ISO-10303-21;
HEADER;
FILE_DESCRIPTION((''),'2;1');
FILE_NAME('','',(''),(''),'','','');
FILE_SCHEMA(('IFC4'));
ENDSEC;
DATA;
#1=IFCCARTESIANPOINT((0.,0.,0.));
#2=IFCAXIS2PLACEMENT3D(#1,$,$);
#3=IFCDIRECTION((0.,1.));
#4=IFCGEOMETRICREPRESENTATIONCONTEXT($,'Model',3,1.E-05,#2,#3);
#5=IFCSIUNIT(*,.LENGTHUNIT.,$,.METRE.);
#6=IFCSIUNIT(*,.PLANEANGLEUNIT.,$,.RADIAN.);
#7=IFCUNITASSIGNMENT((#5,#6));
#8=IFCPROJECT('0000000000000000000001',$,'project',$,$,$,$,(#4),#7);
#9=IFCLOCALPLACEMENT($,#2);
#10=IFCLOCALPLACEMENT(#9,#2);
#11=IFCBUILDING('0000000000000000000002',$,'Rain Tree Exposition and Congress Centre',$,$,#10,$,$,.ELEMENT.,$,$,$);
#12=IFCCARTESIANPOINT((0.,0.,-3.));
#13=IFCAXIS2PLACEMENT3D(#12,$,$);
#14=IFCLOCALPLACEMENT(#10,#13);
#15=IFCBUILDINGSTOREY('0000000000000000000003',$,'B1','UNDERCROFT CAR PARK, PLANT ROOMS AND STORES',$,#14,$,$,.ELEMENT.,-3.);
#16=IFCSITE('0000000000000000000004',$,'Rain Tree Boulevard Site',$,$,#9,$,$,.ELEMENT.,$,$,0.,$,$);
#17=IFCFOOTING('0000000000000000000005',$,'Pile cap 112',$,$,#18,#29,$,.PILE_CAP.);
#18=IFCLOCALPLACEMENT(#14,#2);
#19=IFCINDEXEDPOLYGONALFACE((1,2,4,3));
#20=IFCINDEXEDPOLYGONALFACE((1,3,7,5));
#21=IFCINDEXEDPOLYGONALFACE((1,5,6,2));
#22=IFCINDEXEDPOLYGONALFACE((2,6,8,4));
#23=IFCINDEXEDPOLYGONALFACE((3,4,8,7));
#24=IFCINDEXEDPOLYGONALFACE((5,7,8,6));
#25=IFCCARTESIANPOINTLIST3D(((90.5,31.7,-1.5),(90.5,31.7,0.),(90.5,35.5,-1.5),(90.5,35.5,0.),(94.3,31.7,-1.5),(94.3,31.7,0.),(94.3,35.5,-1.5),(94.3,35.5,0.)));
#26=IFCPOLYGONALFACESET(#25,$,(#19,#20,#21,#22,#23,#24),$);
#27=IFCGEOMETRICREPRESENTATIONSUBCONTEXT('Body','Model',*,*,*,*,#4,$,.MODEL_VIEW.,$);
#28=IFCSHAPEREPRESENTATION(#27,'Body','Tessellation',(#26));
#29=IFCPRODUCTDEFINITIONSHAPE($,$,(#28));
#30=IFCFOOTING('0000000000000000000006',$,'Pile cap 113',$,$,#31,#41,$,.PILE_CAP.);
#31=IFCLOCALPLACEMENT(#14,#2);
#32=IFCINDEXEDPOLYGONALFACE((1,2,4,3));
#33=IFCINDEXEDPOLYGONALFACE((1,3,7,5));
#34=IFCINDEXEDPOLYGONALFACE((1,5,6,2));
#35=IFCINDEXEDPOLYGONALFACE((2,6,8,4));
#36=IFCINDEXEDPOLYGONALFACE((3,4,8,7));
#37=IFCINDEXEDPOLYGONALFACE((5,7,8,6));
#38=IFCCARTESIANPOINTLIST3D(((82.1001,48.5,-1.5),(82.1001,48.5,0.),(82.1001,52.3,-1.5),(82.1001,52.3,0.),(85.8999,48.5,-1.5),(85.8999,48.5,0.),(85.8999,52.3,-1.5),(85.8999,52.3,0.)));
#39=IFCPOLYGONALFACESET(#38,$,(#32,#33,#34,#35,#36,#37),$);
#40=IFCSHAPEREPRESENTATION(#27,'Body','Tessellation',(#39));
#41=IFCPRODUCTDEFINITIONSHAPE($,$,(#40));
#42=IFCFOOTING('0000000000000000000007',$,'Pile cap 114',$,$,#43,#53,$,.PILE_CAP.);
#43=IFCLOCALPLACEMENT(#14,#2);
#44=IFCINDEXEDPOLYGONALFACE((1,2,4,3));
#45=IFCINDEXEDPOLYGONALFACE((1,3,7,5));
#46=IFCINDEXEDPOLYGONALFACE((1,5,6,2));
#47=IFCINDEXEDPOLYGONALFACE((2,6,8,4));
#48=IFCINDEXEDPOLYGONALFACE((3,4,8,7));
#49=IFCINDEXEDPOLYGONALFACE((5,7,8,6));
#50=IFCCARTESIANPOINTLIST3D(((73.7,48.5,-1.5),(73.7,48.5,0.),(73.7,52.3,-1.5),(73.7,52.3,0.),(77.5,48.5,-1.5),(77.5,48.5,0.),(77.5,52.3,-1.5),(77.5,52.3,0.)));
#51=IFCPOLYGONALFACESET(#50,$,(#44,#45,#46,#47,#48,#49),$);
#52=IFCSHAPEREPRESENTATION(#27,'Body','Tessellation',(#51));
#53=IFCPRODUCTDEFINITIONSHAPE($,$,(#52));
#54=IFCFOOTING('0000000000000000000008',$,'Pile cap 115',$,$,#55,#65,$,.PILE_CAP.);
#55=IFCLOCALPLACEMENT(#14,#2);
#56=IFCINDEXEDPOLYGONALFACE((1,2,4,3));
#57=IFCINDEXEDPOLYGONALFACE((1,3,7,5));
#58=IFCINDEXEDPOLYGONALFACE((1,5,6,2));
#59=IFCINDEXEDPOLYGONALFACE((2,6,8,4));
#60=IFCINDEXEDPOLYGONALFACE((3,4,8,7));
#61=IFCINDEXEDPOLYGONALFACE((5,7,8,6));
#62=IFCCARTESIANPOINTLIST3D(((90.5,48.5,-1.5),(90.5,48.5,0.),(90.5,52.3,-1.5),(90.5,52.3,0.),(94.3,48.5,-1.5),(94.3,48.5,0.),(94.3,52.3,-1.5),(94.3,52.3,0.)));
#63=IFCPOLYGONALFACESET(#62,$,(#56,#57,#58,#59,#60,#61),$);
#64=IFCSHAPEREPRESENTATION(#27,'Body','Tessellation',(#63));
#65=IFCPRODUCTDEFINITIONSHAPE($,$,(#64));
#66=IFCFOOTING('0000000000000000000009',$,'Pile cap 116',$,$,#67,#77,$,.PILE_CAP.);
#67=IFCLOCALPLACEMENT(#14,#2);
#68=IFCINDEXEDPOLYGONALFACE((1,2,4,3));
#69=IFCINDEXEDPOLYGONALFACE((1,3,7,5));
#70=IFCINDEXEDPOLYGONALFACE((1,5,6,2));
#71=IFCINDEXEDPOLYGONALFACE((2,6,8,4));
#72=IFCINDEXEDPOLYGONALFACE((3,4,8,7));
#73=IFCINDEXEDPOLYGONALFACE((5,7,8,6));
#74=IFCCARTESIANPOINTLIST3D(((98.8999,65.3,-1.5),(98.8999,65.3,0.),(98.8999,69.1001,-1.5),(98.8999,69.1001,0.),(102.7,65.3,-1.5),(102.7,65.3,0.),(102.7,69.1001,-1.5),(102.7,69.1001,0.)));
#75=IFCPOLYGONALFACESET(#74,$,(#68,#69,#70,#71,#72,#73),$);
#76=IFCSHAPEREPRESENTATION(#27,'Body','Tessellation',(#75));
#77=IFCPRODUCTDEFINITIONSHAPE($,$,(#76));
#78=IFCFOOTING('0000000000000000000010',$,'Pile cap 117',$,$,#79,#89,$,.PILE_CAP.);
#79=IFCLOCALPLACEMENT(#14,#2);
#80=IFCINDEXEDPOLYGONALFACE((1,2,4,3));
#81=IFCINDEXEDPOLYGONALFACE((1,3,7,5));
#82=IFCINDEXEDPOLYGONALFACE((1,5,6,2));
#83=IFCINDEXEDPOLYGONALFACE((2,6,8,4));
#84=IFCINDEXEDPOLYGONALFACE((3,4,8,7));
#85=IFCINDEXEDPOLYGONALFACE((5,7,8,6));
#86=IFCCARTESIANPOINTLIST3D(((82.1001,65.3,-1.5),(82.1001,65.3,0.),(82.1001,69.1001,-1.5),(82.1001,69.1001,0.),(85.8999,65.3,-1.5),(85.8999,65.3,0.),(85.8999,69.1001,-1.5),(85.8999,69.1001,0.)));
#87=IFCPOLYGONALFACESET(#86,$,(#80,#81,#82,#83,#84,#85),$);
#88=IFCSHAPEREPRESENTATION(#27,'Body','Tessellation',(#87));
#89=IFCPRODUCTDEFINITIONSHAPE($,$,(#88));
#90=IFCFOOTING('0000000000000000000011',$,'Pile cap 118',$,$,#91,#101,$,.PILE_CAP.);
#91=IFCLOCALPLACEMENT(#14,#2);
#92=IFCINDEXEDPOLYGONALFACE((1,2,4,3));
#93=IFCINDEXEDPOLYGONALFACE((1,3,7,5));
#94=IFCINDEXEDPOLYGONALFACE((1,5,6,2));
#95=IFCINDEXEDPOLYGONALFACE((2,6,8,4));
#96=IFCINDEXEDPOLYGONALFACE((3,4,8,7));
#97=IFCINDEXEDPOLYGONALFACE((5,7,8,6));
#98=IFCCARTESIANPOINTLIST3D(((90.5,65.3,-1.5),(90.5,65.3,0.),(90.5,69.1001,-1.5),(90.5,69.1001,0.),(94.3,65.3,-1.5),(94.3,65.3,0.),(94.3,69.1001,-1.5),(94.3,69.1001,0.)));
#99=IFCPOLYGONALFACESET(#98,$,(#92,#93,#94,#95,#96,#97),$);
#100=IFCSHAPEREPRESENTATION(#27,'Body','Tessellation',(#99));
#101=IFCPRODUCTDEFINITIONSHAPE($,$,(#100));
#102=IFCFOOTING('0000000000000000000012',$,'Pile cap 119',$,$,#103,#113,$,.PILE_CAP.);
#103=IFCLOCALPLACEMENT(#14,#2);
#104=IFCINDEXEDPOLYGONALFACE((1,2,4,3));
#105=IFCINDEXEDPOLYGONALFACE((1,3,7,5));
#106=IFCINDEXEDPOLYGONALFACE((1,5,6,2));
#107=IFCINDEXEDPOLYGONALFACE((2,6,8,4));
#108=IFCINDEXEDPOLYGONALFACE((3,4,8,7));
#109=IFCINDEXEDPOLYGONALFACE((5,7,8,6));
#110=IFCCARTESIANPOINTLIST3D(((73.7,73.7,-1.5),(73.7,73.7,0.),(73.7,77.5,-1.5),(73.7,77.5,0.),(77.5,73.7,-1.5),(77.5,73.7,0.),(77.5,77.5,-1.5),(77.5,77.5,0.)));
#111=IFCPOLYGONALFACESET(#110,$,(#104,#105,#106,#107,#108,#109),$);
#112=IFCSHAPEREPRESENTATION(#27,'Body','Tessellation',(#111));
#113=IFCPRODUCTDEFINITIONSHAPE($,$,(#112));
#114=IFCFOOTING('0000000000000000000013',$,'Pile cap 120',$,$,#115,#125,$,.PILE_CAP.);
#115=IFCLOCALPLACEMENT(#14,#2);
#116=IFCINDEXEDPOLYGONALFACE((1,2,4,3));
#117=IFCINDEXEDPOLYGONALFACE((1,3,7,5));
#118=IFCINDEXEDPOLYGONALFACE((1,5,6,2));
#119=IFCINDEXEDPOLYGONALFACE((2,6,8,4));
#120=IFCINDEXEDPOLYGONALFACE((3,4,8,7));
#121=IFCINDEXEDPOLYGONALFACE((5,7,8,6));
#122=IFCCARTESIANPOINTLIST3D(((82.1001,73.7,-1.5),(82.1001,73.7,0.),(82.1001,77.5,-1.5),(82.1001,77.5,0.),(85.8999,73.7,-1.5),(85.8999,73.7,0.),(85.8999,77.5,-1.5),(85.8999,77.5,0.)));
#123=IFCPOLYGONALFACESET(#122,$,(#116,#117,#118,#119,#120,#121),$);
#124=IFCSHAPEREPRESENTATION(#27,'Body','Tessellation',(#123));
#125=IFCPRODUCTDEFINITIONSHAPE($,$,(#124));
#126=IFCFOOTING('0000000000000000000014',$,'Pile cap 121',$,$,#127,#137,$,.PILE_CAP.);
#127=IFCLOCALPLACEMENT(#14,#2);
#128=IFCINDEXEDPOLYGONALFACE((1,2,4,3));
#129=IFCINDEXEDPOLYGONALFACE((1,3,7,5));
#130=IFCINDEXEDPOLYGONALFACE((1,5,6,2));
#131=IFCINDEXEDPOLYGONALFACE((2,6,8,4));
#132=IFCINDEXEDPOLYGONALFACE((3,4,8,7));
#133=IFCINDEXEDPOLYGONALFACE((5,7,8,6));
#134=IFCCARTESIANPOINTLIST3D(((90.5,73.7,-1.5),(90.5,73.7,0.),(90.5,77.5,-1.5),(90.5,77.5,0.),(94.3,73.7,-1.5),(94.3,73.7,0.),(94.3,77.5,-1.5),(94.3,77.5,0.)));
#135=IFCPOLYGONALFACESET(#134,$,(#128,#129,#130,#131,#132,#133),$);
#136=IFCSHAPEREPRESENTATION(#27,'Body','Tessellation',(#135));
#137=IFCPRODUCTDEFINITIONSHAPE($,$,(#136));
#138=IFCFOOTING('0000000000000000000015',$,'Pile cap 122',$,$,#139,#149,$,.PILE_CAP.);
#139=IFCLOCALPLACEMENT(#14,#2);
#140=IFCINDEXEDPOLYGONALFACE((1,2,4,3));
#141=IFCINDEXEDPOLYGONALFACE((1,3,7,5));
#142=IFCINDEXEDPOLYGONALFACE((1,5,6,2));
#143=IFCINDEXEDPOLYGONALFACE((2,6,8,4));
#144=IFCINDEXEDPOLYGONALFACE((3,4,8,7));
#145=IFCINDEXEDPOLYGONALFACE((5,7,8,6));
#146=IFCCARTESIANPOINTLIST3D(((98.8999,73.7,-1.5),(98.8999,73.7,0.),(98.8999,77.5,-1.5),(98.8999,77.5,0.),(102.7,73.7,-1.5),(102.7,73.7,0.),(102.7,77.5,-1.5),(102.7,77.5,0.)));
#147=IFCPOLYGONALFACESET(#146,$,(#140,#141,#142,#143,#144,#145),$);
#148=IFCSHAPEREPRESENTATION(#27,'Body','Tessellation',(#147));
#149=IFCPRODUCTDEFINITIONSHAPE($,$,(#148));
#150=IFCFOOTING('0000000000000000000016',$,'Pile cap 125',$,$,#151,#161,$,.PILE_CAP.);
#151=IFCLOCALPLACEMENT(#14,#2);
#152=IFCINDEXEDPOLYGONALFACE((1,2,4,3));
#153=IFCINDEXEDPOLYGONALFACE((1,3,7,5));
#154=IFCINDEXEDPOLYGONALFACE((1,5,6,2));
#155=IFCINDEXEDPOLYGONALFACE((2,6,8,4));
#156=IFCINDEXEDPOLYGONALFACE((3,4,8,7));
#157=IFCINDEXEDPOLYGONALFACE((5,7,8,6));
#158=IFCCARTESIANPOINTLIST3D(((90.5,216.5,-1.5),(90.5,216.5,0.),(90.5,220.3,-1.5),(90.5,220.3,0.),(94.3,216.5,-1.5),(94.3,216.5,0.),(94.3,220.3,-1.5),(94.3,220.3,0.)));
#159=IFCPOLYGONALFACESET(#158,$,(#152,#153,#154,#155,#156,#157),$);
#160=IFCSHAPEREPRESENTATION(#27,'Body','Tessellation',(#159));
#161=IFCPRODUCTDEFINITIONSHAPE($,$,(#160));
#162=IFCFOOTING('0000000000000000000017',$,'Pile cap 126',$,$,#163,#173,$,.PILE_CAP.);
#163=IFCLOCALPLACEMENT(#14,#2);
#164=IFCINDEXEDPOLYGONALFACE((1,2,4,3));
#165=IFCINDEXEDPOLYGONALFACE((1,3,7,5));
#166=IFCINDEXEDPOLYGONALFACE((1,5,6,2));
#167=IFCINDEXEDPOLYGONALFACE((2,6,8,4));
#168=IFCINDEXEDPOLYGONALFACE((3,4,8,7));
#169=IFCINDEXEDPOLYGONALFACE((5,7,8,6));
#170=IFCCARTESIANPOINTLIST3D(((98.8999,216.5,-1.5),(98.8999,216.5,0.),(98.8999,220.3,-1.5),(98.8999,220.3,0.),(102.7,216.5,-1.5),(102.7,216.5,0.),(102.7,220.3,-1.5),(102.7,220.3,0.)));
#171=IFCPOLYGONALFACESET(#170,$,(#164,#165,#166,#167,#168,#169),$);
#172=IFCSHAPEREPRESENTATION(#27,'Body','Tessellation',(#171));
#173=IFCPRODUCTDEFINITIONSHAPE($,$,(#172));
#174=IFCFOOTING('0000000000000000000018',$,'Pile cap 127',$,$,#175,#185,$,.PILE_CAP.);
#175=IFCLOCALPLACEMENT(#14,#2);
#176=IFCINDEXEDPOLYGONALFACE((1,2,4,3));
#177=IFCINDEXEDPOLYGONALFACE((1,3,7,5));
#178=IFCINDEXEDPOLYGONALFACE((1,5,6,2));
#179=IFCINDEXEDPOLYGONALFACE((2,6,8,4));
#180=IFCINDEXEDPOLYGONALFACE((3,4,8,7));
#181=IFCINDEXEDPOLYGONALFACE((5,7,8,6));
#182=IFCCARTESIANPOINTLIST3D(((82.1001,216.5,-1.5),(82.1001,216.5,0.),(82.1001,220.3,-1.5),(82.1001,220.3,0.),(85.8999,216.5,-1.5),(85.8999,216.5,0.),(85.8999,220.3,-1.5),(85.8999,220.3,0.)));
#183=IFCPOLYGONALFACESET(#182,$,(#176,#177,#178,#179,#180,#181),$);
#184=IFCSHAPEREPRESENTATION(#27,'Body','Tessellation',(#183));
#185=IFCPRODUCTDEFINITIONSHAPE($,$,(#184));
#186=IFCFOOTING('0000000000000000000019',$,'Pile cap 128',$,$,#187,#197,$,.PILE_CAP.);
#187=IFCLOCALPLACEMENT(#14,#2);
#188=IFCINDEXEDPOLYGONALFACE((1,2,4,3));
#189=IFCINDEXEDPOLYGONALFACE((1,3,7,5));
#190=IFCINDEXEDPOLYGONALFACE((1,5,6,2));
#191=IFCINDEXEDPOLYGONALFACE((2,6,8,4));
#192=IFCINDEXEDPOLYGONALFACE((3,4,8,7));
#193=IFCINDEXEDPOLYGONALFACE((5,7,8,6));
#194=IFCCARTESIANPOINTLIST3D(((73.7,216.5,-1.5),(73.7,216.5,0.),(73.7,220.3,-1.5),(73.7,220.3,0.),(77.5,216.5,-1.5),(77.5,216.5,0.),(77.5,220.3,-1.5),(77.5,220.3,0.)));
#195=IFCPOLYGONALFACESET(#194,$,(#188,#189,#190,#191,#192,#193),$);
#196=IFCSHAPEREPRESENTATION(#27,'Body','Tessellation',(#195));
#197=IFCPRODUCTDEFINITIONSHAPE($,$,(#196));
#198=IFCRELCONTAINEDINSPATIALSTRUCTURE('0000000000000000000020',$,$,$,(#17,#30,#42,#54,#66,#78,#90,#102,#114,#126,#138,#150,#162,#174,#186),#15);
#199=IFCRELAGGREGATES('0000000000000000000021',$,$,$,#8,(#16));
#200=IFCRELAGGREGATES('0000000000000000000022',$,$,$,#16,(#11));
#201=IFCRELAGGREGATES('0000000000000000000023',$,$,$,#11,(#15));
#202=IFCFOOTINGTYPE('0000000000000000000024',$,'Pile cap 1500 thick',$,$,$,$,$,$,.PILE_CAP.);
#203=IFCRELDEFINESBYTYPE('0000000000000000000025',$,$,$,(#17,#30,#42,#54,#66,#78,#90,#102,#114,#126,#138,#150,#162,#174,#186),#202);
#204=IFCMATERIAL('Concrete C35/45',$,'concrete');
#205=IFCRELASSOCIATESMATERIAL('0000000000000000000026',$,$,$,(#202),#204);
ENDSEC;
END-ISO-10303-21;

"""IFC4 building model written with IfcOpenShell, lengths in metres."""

from ifc_helpers import new_model, si_unit, direction, frame, origin, place, context, subcontext, project, spatial, polyline, outline, extrude, material, type_object, element, save


model = new_model("IFC4")

# Units and contexts
model_context = context("Model", 3, precision=1e-05, world=origin(), true_north=direction((0.0, 1.0)))
body_context = subcontext(model_context, "Body", "Model", "MODEL_VIEW")
ifc_project = project(units=[si_unit("LENGTHUNIT", "METRE"), si_unit("PLANEANGLEUNIT", "RADIAN")], contexts=[model_context])

# Site, building, storey
site_placement = place(None, origin())
site = spatial("IfcSite", under=ifc_project, at=site_placement, Name="Rain Tree Boulevard Site", CompositionType="ELEMENT", RefElevation=0.0)
building_placement = place(site_placement, origin())
building = spatial("IfcBuilding", under=site, at=building_placement, Name="Rain Tree Exposition and Congress Centre", CompositionType="ELEMENT")
storey_placement = place(building_placement, frame((0.0, 0.0, -3.0)))
storey = spatial("IfcBuildingStorey", under=building, at=storey_placement, Name="B1", Description="UNDERCROFT CAR PARK, PLANT ROOMS AND STORES", CompositionType="ELEMENT", Elevation=-3.0)

# Footings
ifc_material_1 = material(Name="Concrete C35/45", Category="concrete")
footing_type_1 = type_object("IfcFootingType", Name="Pile cap 1500 thick", PredefinedType="PILE_CAP", material=ifc_material_1)
footing_1_placement = place(storey_placement, frame((0.0, 0.0, -1.5)))
element("IfcFooting", 1, at=footing_1_placement, inside=storey, type_object=footing_type_1, Name="Pile cap 112", PredefinedType="PILE_CAP", context=body_context, shape_type="SweptSolid", body=[
    extrude(outline(polyline([(94.3, 31.7), (94.3, 35.5), (90.5, 35.5), (90.5, 31.7), (94.3, 31.7)])), origin(), (0.0, 0.0, 1.0), 1.5),
])
footing_2_placement = place(storey_placement, frame((0.0, 0.0, -1.5)))
element("IfcFooting", 2, at=footing_2_placement, inside=storey, type_object=footing_type_1, Name="Pile cap 113", PredefinedType="PILE_CAP", context=body_context, shape_type="SweptSolid", body=[
    extrude(outline(polyline([(85.8999, 48.5), (85.8999, 52.3), (82.1001, 52.3), (82.1001, 48.5), (85.8999, 48.5)])), origin(), (0.0, 0.0, 1.0), 1.5),
])
footing_3_placement = place(storey_placement, frame((0.0, 0.0, -1.5)))
element("IfcFooting", 3, at=footing_3_placement, inside=storey, type_object=footing_type_1, Name="Pile cap 114", PredefinedType="PILE_CAP", context=body_context, shape_type="SweptSolid", body=[
    extrude(outline(polyline([(77.5, 48.5), (77.5, 52.3), (73.7, 52.3), (73.7, 48.5), (77.5, 48.5)])), origin(), (0.0, 0.0, 1.0), 1.5),
])
footing_4_placement = place(storey_placement, frame((0.0, 0.0, -1.5)))
element("IfcFooting", 4, at=footing_4_placement, inside=storey, type_object=footing_type_1, Name="Pile cap 115", PredefinedType="PILE_CAP", context=body_context, shape_type="SweptSolid", body=[
    extrude(outline(polyline([(94.3, 48.5), (94.3, 52.3), (90.5, 52.3), (90.5, 48.5), (94.3, 48.5)])), origin(), (0.0, 0.0, 1.0), 1.5),
])
footing_5_placement = place(storey_placement, frame((0.0, 0.0, -1.5)))
element("IfcFooting", 5, at=footing_5_placement, inside=storey, type_object=footing_type_1, Name="Pile cap 116", PredefinedType="PILE_CAP", context=body_context, shape_type="SweptSolid", body=[
    extrude(outline(polyline([(102.7, 65.3), (102.7, 69.1001), (98.8999, 69.1001), (98.8999, 65.3), (102.7, 65.3)])), origin(), (0.0, 0.0, 1.0), 1.5),
])
footing_6_placement = place(storey_placement, frame((0.0, 0.0, -1.5)))
element("IfcFooting", 6, at=footing_6_placement, inside=storey, type_object=footing_type_1, Name="Pile cap 117", PredefinedType="PILE_CAP", context=body_context, shape_type="SweptSolid", body=[
    extrude(outline(polyline([(85.8999, 65.3), (85.8999, 69.1001), (82.1001, 69.1001), (82.1001, 65.3), (85.8999, 65.3)])), origin(), (0.0, 0.0, 1.0), 1.5),
])
footing_7_placement = place(storey_placement, frame((0.0, 0.0, -1.5)))
element("IfcFooting", 7, at=footing_7_placement, inside=storey, type_object=footing_type_1, Name="Pile cap 118", PredefinedType="PILE_CAP", context=body_context, shape_type="SweptSolid", body=[
    extrude(outline(polyline([(94.3, 65.3), (94.3, 69.1001), (90.5, 69.1001), (90.5, 65.3), (94.3, 65.3)])), origin(), (0.0, 0.0, 1.0), 1.5),
])
footing_8_placement = place(storey_placement, frame((0.0, 0.0, -1.5)))
element("IfcFooting", 8, at=footing_8_placement, inside=storey, type_object=footing_type_1, Name="Pile cap 119", PredefinedType="PILE_CAP", context=body_context, shape_type="SweptSolid", body=[
    extrude(outline(polyline([(77.5, 73.7), (77.5, 77.5), (73.7, 77.5), (73.7, 73.7), (77.5, 73.7)])), origin(), (0.0, 0.0, 1.0), 1.5),
])
footing_9_placement = place(storey_placement, frame((0.0, 0.0, -1.5)))
element("IfcFooting", 9, at=footing_9_placement, inside=storey, type_object=footing_type_1, Name="Pile cap 120", PredefinedType="PILE_CAP", context=body_context, shape_type="SweptSolid", body=[
    extrude(outline(polyline([(85.8999, 73.7), (85.8999, 77.5), (82.1001, 77.5), (82.1001, 73.7), (85.8999, 73.7)])), origin(), (0.0, 0.0, 1.0), 1.5),
])
footing_10_placement = place(storey_placement, frame((0.0, 0.0, -1.5)))
element("IfcFooting", 10, at=footing_10_placement, inside=storey, type_object=footing_type_1, Name="Pile cap 121", PredefinedType="PILE_CAP", context=body_context, shape_type="SweptSolid", body=[
    extrude(outline(polyline([(94.3, 73.7), (94.3, 77.5), (90.5, 77.5), (90.5, 73.7), (94.3, 73.7)])), origin(), (0.0, 0.0, 1.0), 1.5),
])
footing_11_placement = place(storey_placement, frame((0.0, 0.0, -1.5)))
element("IfcFooting", 11, at=footing_11_placement, inside=storey, type_object=footing_type_1, Name="Pile cap 122", PredefinedType="PILE_CAP", context=body_context, shape_type="SweptSolid", body=[
    extrude(outline(polyline([(102.7, 73.7), (102.7, 77.5), (98.8999, 77.5), (98.8999, 73.7), (102.7, 73.7)])), origin(), (0.0, 0.0, 1.0), 1.5),
])
footing_12_placement = place(storey_placement, frame((0.0, 0.0, -1.5)))
element("IfcFooting", 12, at=footing_12_placement, inside=storey, type_object=footing_type_1, Name="Pile cap 125", PredefinedType="PILE_CAP", context=body_context, shape_type="SweptSolid", body=[
    extrude(outline(polyline([(94.3, 216.5), (94.3, 220.3), (90.5, 220.3), (90.5, 216.5), (94.3, 216.5)])), origin(), (0.0, 0.0, 1.0), 1.5),
])
footing_13_placement = place(storey_placement, frame((0.0, 0.0, -1.5)))
element("IfcFooting", 13, at=footing_13_placement, inside=storey, type_object=footing_type_1, Name="Pile cap 126", PredefinedType="PILE_CAP", context=body_context, shape_type="SweptSolid", body=[
    extrude(outline(polyline([(102.7, 216.5), (102.7, 220.3), (98.8999, 220.3), (98.8999, 216.5), (102.7, 216.5)])), origin(), (0.0, 0.0, 1.0), 1.5),
])
footing_14_placement = place(storey_placement, frame((0.0, 0.0, -1.5)))
element("IfcFooting", 14, at=footing_14_placement, inside=storey, type_object=footing_type_1, Name="Pile cap 127", PredefinedType="PILE_CAP", context=body_context, shape_type="SweptSolid", body=[
    extrude(outline(polyline([(85.8999, 216.5), (85.8999, 220.3), (82.1001, 220.3), (82.1001, 216.5), (85.8999, 216.5)])), origin(), (0.0, 0.0, 1.0), 1.5),
])
footing_15_placement = place(storey_placement, frame((0.0, 0.0, -1.5)))
element("IfcFooting", 15, at=footing_15_placement, inside=storey, type_object=footing_type_1, Name="Pile cap 128", PredefinedType="PILE_CAP", context=body_context, shape_type="SweptSolid", body=[
    extrude(outline(polyline([(77.5, 216.5), (77.5, 220.3), (73.7, 220.3), (73.7, 216.5), (77.5, 216.5)])), origin(), (0.0, 0.0, 1.0), 1.5),
])

save(model, "model.ifc")
